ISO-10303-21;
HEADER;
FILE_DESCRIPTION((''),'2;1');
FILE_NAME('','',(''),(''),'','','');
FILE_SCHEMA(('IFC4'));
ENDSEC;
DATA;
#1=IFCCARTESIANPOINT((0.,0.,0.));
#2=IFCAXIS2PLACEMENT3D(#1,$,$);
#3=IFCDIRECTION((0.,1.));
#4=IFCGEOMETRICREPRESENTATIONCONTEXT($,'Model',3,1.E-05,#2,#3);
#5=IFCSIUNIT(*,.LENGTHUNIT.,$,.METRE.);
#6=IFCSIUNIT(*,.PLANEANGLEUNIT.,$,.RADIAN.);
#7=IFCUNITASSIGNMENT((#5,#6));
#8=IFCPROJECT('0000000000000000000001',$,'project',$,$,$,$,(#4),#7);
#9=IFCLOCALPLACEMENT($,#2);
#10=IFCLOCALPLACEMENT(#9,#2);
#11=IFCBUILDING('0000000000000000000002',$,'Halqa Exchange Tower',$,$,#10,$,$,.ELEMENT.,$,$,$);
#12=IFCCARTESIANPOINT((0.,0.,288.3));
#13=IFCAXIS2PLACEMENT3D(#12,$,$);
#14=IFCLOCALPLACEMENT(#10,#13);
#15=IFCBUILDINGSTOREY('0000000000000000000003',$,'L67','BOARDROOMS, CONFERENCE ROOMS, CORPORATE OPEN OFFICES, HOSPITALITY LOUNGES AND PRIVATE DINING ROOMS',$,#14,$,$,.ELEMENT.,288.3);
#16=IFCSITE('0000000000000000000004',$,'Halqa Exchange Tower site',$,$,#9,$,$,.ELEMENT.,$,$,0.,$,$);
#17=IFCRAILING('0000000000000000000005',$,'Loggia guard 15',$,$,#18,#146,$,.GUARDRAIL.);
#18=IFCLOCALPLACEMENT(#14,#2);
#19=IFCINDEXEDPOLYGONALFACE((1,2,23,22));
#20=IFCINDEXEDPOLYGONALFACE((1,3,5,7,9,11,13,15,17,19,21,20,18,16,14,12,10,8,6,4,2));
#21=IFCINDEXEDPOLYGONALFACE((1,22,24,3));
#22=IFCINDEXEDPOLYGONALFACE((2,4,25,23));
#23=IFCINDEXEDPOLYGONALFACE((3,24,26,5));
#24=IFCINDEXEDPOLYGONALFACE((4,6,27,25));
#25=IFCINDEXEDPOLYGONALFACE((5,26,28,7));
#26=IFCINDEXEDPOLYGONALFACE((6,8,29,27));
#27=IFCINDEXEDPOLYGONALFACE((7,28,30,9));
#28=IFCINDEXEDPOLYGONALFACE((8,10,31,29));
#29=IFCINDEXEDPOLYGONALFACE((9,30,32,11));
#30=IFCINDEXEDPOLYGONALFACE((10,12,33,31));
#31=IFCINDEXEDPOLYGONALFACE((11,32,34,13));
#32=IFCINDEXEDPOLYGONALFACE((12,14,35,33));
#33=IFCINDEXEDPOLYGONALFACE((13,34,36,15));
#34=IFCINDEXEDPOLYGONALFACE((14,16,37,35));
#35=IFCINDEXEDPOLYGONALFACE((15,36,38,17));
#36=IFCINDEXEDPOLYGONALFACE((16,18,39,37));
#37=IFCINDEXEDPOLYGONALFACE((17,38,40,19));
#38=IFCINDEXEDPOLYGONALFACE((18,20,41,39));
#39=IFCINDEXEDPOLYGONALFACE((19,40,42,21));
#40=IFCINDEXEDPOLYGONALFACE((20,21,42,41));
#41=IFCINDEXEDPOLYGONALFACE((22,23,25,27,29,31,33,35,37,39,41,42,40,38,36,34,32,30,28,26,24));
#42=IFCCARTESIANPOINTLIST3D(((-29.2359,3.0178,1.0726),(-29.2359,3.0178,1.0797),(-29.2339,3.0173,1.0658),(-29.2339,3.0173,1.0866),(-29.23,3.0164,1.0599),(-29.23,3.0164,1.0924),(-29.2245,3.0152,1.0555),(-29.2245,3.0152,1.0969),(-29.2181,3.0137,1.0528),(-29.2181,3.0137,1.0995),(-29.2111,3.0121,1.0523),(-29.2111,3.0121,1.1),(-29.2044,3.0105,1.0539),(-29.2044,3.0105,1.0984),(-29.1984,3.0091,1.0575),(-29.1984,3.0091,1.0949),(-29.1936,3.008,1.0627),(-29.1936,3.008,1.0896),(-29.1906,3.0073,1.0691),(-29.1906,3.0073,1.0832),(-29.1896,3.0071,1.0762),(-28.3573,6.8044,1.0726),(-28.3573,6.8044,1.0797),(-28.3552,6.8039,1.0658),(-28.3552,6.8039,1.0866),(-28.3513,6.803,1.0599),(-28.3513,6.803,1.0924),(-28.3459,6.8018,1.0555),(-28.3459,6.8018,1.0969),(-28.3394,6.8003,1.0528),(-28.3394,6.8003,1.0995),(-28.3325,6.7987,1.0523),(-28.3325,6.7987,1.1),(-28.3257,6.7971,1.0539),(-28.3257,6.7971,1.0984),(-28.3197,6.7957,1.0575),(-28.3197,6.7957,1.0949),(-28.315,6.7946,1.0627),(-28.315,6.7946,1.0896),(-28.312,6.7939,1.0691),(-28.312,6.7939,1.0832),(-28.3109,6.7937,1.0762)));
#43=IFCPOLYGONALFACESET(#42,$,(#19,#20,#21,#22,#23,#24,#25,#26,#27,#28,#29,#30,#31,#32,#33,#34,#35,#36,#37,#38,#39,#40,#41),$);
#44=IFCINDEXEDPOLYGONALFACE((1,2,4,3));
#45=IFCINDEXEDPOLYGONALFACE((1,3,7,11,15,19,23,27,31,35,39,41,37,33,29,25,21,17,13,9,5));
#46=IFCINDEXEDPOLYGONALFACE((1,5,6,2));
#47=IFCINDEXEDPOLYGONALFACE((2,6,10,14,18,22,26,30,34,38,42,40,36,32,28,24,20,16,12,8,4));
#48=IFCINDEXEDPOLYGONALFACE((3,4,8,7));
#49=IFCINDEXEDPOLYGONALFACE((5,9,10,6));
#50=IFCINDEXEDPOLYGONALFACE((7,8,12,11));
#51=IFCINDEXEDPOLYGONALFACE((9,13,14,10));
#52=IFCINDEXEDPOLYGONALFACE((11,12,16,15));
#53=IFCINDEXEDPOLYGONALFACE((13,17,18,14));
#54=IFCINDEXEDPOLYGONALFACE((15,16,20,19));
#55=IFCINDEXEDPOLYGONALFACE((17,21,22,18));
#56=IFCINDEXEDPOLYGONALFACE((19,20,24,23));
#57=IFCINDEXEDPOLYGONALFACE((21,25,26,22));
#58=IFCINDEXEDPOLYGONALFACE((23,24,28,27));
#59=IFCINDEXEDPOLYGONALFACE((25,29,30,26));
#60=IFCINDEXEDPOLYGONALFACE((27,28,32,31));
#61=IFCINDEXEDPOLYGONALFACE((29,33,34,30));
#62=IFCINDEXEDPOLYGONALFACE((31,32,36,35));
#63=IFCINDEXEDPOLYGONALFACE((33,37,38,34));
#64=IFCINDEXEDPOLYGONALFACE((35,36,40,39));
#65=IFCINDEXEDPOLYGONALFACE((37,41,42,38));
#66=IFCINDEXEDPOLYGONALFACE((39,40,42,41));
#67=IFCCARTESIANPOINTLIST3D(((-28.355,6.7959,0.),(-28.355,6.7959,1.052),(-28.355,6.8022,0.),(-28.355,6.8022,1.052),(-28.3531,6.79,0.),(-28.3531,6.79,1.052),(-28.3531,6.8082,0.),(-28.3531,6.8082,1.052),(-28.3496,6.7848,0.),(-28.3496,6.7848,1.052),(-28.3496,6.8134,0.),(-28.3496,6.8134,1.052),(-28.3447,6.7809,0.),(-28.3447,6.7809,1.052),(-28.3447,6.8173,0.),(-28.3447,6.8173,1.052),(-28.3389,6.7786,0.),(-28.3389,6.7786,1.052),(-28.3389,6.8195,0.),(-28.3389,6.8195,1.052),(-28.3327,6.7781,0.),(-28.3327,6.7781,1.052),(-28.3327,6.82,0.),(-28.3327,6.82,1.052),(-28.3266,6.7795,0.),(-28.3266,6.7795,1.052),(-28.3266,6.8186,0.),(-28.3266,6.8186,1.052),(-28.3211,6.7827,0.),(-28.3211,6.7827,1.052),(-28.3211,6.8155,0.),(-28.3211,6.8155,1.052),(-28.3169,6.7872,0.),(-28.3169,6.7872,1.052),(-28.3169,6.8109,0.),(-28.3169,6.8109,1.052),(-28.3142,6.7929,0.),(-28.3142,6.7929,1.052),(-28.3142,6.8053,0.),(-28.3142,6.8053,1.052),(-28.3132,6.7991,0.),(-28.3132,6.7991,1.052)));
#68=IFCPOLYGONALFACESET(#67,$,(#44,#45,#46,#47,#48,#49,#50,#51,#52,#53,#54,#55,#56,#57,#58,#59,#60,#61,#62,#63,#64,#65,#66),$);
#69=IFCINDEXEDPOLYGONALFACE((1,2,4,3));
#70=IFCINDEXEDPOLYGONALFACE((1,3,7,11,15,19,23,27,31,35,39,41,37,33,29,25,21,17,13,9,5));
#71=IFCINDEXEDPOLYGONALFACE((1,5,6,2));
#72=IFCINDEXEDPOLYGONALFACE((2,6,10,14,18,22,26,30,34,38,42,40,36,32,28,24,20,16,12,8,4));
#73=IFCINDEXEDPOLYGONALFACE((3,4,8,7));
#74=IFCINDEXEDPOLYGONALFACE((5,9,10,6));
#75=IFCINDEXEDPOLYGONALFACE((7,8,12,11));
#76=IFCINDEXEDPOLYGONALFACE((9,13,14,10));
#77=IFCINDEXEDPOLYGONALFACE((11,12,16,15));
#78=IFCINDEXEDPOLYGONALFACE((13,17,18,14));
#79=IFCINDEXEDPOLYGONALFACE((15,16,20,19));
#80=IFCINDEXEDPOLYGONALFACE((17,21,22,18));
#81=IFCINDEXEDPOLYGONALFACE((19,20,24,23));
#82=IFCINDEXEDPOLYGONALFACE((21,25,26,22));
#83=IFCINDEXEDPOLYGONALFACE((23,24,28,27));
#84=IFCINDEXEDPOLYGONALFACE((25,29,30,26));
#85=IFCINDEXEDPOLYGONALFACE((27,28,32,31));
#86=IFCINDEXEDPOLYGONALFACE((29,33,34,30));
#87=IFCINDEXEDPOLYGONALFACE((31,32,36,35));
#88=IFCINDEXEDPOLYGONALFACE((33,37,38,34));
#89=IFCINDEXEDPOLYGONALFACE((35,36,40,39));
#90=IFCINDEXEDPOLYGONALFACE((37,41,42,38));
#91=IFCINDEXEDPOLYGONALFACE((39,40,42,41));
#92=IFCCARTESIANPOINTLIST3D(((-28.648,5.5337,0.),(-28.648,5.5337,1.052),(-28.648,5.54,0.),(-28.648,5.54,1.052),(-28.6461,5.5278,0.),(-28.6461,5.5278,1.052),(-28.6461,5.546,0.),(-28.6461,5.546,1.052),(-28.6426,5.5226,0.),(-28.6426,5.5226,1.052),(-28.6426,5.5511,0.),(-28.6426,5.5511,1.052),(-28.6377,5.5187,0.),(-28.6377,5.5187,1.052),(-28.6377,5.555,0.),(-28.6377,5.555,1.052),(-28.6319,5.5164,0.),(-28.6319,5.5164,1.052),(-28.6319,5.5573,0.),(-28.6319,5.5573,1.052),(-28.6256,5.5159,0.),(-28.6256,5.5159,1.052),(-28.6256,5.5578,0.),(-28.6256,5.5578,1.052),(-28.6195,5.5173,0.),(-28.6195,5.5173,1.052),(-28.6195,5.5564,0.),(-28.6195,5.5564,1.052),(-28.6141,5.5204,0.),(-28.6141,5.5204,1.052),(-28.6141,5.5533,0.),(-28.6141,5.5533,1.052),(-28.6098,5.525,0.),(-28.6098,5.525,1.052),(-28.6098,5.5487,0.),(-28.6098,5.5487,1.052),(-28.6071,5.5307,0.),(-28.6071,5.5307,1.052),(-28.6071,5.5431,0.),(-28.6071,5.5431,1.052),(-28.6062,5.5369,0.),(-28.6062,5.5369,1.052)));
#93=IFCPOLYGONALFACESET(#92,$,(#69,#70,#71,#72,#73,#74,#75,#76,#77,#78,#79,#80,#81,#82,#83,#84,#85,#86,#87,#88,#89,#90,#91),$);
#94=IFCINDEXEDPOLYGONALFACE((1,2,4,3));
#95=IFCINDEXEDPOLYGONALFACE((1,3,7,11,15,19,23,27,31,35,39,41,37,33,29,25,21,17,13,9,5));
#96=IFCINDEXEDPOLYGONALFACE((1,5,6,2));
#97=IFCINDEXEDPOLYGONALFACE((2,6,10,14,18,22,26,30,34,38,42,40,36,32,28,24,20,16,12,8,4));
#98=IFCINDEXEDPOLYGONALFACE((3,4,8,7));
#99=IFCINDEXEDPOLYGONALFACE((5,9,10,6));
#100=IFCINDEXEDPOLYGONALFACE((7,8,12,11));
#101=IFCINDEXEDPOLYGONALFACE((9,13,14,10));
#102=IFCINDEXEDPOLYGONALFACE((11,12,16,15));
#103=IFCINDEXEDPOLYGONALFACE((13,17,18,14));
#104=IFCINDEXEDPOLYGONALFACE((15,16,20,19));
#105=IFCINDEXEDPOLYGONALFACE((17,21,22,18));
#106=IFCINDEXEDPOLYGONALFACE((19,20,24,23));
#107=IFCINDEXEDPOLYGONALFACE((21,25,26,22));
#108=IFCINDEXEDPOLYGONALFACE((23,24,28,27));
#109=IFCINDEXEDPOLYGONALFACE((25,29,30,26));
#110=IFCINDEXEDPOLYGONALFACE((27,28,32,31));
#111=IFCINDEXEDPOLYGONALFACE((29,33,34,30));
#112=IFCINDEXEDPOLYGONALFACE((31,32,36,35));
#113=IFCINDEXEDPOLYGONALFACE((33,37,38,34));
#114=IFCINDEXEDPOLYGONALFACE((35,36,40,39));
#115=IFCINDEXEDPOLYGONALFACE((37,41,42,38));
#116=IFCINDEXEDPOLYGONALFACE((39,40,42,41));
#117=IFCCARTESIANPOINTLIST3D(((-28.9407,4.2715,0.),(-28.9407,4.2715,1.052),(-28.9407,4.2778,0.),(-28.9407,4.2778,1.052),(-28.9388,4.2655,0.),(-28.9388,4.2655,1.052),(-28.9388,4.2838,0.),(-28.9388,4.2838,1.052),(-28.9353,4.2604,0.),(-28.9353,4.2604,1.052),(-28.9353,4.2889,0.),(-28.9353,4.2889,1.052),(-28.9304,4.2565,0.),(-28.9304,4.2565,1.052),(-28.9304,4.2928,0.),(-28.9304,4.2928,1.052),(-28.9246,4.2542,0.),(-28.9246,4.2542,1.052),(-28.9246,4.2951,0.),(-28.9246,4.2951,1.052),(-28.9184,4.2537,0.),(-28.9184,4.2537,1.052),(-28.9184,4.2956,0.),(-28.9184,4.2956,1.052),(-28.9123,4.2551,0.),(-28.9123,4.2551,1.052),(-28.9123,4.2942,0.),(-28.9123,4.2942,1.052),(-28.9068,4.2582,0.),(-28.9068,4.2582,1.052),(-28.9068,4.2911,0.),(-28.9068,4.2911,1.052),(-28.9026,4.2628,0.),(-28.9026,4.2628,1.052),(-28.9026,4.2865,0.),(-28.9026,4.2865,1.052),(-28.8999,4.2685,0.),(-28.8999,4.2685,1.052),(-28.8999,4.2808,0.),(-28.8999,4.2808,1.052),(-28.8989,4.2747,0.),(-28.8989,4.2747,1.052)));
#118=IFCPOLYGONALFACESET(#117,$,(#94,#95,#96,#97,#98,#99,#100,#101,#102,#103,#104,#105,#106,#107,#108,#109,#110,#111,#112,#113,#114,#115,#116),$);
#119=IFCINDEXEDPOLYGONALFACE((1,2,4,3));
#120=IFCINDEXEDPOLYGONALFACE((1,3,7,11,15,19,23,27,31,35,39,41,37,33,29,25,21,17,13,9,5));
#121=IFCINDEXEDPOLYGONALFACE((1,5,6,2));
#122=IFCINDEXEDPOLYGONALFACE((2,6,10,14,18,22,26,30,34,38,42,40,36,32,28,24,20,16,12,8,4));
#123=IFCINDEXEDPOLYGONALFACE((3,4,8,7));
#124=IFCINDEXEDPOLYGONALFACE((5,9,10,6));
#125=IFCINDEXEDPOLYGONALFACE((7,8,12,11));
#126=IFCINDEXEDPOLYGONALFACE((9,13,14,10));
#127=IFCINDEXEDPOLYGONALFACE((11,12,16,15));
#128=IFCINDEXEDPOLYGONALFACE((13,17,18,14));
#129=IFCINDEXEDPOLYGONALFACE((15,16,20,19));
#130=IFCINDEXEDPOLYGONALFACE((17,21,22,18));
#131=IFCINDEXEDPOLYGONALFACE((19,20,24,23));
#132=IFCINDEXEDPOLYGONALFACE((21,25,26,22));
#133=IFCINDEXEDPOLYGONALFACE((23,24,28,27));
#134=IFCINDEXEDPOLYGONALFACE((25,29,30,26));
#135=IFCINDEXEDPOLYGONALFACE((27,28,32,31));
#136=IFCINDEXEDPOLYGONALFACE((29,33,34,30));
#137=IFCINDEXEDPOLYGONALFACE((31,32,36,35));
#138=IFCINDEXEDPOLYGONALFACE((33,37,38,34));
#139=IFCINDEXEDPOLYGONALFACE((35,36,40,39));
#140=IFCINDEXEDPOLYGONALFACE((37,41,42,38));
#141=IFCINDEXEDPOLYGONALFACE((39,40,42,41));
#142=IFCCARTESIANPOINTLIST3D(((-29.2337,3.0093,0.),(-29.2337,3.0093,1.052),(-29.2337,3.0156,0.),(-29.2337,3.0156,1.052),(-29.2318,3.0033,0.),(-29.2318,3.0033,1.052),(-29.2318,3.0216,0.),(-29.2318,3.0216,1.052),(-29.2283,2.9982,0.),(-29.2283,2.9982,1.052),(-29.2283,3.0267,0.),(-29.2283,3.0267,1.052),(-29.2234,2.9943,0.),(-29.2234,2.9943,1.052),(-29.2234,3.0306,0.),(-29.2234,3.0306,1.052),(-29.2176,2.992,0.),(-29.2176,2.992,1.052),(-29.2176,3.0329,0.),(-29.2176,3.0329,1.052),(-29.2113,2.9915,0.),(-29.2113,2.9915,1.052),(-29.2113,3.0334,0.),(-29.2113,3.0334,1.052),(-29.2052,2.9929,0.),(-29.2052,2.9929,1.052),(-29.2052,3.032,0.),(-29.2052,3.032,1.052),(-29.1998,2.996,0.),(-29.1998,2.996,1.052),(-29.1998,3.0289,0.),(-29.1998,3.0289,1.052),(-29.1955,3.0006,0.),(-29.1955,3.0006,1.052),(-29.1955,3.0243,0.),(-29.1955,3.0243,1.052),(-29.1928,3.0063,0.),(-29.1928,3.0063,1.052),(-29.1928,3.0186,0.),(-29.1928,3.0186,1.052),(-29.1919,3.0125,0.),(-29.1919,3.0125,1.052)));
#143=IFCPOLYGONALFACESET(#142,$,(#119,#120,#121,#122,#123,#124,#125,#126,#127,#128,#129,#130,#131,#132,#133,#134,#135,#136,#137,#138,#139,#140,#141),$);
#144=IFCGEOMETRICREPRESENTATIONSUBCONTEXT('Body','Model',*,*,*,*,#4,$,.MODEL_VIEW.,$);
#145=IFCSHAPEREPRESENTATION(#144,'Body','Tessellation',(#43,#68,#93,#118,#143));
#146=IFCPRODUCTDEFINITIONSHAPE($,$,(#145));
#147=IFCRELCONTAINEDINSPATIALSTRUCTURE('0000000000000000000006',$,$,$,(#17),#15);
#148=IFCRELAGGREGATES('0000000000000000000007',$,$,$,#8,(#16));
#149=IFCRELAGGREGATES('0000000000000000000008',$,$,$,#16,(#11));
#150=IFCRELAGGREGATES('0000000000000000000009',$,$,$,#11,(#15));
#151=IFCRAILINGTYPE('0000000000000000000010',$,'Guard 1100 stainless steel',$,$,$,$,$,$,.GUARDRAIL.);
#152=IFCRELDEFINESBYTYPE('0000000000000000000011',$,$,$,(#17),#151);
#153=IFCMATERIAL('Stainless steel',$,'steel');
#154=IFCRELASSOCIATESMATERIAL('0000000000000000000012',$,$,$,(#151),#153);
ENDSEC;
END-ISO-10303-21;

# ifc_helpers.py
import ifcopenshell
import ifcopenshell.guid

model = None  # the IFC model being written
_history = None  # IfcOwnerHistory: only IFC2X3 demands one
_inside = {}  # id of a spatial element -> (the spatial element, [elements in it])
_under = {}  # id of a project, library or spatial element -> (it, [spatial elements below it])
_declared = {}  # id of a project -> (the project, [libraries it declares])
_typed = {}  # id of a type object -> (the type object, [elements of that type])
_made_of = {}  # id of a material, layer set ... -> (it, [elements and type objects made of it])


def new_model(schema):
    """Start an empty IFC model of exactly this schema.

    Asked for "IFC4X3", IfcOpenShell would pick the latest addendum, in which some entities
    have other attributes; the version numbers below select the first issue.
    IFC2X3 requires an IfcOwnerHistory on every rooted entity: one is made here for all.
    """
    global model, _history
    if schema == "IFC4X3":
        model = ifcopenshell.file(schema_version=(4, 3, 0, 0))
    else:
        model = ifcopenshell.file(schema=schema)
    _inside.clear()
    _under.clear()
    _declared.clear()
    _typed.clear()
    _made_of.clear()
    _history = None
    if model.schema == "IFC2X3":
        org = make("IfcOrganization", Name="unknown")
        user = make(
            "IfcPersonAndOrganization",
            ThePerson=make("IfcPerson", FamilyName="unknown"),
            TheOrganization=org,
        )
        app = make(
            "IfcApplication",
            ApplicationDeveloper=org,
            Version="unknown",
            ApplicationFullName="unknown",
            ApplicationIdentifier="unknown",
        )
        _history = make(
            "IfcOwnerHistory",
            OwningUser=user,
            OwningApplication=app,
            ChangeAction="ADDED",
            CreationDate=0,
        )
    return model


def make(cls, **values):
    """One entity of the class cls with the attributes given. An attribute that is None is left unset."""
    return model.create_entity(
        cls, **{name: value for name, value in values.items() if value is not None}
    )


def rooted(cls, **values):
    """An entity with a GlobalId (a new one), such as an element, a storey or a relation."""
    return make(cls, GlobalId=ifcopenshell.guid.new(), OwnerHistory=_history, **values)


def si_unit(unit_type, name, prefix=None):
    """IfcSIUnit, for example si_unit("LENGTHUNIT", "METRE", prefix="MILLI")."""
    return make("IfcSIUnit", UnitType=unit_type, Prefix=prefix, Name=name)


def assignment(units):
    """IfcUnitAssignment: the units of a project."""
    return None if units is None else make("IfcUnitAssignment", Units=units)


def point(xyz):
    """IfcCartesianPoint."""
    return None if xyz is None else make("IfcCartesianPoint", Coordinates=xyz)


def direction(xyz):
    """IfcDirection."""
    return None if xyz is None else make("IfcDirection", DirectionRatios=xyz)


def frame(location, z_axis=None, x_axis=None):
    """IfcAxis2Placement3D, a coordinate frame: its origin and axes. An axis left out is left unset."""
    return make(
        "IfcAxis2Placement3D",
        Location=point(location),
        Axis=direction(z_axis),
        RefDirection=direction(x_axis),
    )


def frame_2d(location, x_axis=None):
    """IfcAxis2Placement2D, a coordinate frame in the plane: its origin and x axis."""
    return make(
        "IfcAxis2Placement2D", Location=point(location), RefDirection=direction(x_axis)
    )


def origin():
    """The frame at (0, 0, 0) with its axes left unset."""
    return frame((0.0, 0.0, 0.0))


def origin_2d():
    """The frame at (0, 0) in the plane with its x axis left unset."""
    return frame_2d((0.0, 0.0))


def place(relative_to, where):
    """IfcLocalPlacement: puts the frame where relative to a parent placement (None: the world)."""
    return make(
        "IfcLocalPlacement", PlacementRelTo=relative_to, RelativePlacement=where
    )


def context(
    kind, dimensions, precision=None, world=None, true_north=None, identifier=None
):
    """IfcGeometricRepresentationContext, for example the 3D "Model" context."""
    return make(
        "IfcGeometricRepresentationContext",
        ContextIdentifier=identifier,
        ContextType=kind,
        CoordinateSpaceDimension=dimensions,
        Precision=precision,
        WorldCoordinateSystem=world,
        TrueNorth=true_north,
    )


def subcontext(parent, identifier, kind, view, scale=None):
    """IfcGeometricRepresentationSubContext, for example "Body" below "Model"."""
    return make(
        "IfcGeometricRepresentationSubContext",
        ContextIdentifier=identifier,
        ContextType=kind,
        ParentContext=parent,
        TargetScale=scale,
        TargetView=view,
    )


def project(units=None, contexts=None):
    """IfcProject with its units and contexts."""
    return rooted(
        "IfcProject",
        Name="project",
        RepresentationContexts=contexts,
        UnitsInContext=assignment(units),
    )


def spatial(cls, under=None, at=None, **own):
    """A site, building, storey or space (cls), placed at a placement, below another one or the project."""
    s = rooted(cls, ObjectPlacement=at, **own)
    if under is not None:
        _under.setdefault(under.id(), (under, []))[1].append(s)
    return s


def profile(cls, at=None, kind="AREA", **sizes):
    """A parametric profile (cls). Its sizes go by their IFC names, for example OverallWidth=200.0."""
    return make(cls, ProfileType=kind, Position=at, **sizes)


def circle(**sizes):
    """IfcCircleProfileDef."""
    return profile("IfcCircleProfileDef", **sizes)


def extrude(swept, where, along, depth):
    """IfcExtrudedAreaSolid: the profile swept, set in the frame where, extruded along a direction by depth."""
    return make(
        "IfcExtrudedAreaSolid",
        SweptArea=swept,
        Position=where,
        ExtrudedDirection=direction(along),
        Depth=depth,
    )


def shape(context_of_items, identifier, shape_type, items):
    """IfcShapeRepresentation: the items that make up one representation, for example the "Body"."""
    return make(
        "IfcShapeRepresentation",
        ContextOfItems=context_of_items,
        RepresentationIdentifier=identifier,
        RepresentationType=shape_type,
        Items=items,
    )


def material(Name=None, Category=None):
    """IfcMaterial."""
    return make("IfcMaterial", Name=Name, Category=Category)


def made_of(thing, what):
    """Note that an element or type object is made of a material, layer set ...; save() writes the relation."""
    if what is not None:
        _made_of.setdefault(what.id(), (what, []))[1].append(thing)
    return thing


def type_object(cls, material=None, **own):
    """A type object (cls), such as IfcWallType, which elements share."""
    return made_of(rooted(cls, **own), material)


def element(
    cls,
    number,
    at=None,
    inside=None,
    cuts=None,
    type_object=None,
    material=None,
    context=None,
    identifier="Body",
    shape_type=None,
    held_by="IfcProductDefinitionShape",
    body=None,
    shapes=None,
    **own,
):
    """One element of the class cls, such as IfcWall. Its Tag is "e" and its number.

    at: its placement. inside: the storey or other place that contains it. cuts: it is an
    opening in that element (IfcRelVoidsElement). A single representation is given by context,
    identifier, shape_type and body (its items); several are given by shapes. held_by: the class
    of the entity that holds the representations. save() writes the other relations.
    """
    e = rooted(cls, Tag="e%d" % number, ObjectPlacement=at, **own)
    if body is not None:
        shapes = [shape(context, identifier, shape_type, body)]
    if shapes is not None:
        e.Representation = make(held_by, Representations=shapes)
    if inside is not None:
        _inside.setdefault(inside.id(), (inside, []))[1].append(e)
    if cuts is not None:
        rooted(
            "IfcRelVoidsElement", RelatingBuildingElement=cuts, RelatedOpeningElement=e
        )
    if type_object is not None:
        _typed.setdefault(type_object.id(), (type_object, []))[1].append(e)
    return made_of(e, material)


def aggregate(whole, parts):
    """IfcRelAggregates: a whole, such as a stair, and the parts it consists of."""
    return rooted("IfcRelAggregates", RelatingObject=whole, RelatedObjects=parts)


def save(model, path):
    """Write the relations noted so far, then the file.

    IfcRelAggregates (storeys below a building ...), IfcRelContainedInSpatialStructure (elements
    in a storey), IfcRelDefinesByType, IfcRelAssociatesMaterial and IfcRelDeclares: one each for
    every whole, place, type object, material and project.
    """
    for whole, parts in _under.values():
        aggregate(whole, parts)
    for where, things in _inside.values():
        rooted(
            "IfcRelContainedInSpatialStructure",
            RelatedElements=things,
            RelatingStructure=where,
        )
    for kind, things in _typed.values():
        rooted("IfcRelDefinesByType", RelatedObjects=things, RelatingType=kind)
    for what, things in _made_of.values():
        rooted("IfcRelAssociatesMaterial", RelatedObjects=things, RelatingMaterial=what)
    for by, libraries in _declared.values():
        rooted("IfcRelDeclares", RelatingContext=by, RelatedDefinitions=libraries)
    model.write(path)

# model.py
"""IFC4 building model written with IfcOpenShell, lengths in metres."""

from ifc_helpers import new_model, si_unit, direction, frame, origin, origin_2d, place, context, subcontext, project, spatial, circle, extrude, material, type_object, element, save


model = new_model("IFC4")

# Units and contexts
model_context = context("Model", 3, precision=1e-05, world=origin(), true_north=direction((0.0, 1.0)))
body_context = subcontext(model_context, "Body", "Model", "MODEL_VIEW")
ifc_project = project(units=[si_unit("LENGTHUNIT", "METRE"), si_unit("PLANEANGLEUNIT", "RADIAN")], contexts=[model_context])

# Site, building, storey
site_placement = place(None, origin())
site = spatial("IfcSite", under=ifc_project, at=site_placement, Name="Halqa Exchange Tower site", CompositionType="ELEMENT", RefElevation=0.0)
building_placement = place(site_placement, origin())
building = spatial("IfcBuilding", under=site, at=building_placement, Name="Halqa Exchange Tower", CompositionType="ELEMENT")
storey_placement = place(building_placement, frame((0.0, 0.0, 288.3)))
storey = spatial("IfcBuildingStorey", under=building, at=storey_placement, Name="L67", Description="BOARDROOMS, CONFERENCE ROOMS, CORPORATE OPEN OFFICES, HOSPITALITY LOUNGES AND PRIVATE DINING ROOMS", CompositionType="ELEMENT", Elevation=288.3)

# Railing
ifc_material_1 = material(Name="Stainless steel", Category="steel")
railing_type = type_object("IfcRailingType", Name="Guard 1100 stainless steel", PredefinedType="GUARDRAIL", material=ifc_material_1)
railing_1_placement = place(storey_placement, frame((-28.3342, 6.7991, 0.0)))
element("IfcRailing", 1, at=railing_1_placement, inside=storey, type_object=railing_type, Name="Loggia guard 15", PredefinedType="GUARDRAIL", context=body_context, shape_type="SweptSolid", body=[
    extrude(circle(Radius=0.0239, at=origin_2d()), frame((0.0, 0.0, 1.0762), z_axis=(-0.226038, -0.974118, 0.0), x_axis=(0.974118, -0.226038, 0.0)), (0.0, 0.0, 1.0), 3.8872),
    extrude(circle(Radius=0.021, at=origin_2d()), origin(), (0.0, 0.0, 1.0), 1.052),
    extrude(circle(Radius=0.021, at=origin_2d()), frame((-0.293, -1.2622, 0.0)), (0.0, 0.0, 1.0), 1.052),
    extrude(circle(Radius=0.021, at=origin_2d()), frame((-0.5857, -2.5244, 0.0)), (0.0, 0.0, 1.0), 1.052),
    extrude(circle(Radius=0.021, at=origin_2d()), frame((-0.8787, -3.7866, 0.0)), (0.0, 0.0, 1.0), 1.052),
])

save(model, "model.ifc")
